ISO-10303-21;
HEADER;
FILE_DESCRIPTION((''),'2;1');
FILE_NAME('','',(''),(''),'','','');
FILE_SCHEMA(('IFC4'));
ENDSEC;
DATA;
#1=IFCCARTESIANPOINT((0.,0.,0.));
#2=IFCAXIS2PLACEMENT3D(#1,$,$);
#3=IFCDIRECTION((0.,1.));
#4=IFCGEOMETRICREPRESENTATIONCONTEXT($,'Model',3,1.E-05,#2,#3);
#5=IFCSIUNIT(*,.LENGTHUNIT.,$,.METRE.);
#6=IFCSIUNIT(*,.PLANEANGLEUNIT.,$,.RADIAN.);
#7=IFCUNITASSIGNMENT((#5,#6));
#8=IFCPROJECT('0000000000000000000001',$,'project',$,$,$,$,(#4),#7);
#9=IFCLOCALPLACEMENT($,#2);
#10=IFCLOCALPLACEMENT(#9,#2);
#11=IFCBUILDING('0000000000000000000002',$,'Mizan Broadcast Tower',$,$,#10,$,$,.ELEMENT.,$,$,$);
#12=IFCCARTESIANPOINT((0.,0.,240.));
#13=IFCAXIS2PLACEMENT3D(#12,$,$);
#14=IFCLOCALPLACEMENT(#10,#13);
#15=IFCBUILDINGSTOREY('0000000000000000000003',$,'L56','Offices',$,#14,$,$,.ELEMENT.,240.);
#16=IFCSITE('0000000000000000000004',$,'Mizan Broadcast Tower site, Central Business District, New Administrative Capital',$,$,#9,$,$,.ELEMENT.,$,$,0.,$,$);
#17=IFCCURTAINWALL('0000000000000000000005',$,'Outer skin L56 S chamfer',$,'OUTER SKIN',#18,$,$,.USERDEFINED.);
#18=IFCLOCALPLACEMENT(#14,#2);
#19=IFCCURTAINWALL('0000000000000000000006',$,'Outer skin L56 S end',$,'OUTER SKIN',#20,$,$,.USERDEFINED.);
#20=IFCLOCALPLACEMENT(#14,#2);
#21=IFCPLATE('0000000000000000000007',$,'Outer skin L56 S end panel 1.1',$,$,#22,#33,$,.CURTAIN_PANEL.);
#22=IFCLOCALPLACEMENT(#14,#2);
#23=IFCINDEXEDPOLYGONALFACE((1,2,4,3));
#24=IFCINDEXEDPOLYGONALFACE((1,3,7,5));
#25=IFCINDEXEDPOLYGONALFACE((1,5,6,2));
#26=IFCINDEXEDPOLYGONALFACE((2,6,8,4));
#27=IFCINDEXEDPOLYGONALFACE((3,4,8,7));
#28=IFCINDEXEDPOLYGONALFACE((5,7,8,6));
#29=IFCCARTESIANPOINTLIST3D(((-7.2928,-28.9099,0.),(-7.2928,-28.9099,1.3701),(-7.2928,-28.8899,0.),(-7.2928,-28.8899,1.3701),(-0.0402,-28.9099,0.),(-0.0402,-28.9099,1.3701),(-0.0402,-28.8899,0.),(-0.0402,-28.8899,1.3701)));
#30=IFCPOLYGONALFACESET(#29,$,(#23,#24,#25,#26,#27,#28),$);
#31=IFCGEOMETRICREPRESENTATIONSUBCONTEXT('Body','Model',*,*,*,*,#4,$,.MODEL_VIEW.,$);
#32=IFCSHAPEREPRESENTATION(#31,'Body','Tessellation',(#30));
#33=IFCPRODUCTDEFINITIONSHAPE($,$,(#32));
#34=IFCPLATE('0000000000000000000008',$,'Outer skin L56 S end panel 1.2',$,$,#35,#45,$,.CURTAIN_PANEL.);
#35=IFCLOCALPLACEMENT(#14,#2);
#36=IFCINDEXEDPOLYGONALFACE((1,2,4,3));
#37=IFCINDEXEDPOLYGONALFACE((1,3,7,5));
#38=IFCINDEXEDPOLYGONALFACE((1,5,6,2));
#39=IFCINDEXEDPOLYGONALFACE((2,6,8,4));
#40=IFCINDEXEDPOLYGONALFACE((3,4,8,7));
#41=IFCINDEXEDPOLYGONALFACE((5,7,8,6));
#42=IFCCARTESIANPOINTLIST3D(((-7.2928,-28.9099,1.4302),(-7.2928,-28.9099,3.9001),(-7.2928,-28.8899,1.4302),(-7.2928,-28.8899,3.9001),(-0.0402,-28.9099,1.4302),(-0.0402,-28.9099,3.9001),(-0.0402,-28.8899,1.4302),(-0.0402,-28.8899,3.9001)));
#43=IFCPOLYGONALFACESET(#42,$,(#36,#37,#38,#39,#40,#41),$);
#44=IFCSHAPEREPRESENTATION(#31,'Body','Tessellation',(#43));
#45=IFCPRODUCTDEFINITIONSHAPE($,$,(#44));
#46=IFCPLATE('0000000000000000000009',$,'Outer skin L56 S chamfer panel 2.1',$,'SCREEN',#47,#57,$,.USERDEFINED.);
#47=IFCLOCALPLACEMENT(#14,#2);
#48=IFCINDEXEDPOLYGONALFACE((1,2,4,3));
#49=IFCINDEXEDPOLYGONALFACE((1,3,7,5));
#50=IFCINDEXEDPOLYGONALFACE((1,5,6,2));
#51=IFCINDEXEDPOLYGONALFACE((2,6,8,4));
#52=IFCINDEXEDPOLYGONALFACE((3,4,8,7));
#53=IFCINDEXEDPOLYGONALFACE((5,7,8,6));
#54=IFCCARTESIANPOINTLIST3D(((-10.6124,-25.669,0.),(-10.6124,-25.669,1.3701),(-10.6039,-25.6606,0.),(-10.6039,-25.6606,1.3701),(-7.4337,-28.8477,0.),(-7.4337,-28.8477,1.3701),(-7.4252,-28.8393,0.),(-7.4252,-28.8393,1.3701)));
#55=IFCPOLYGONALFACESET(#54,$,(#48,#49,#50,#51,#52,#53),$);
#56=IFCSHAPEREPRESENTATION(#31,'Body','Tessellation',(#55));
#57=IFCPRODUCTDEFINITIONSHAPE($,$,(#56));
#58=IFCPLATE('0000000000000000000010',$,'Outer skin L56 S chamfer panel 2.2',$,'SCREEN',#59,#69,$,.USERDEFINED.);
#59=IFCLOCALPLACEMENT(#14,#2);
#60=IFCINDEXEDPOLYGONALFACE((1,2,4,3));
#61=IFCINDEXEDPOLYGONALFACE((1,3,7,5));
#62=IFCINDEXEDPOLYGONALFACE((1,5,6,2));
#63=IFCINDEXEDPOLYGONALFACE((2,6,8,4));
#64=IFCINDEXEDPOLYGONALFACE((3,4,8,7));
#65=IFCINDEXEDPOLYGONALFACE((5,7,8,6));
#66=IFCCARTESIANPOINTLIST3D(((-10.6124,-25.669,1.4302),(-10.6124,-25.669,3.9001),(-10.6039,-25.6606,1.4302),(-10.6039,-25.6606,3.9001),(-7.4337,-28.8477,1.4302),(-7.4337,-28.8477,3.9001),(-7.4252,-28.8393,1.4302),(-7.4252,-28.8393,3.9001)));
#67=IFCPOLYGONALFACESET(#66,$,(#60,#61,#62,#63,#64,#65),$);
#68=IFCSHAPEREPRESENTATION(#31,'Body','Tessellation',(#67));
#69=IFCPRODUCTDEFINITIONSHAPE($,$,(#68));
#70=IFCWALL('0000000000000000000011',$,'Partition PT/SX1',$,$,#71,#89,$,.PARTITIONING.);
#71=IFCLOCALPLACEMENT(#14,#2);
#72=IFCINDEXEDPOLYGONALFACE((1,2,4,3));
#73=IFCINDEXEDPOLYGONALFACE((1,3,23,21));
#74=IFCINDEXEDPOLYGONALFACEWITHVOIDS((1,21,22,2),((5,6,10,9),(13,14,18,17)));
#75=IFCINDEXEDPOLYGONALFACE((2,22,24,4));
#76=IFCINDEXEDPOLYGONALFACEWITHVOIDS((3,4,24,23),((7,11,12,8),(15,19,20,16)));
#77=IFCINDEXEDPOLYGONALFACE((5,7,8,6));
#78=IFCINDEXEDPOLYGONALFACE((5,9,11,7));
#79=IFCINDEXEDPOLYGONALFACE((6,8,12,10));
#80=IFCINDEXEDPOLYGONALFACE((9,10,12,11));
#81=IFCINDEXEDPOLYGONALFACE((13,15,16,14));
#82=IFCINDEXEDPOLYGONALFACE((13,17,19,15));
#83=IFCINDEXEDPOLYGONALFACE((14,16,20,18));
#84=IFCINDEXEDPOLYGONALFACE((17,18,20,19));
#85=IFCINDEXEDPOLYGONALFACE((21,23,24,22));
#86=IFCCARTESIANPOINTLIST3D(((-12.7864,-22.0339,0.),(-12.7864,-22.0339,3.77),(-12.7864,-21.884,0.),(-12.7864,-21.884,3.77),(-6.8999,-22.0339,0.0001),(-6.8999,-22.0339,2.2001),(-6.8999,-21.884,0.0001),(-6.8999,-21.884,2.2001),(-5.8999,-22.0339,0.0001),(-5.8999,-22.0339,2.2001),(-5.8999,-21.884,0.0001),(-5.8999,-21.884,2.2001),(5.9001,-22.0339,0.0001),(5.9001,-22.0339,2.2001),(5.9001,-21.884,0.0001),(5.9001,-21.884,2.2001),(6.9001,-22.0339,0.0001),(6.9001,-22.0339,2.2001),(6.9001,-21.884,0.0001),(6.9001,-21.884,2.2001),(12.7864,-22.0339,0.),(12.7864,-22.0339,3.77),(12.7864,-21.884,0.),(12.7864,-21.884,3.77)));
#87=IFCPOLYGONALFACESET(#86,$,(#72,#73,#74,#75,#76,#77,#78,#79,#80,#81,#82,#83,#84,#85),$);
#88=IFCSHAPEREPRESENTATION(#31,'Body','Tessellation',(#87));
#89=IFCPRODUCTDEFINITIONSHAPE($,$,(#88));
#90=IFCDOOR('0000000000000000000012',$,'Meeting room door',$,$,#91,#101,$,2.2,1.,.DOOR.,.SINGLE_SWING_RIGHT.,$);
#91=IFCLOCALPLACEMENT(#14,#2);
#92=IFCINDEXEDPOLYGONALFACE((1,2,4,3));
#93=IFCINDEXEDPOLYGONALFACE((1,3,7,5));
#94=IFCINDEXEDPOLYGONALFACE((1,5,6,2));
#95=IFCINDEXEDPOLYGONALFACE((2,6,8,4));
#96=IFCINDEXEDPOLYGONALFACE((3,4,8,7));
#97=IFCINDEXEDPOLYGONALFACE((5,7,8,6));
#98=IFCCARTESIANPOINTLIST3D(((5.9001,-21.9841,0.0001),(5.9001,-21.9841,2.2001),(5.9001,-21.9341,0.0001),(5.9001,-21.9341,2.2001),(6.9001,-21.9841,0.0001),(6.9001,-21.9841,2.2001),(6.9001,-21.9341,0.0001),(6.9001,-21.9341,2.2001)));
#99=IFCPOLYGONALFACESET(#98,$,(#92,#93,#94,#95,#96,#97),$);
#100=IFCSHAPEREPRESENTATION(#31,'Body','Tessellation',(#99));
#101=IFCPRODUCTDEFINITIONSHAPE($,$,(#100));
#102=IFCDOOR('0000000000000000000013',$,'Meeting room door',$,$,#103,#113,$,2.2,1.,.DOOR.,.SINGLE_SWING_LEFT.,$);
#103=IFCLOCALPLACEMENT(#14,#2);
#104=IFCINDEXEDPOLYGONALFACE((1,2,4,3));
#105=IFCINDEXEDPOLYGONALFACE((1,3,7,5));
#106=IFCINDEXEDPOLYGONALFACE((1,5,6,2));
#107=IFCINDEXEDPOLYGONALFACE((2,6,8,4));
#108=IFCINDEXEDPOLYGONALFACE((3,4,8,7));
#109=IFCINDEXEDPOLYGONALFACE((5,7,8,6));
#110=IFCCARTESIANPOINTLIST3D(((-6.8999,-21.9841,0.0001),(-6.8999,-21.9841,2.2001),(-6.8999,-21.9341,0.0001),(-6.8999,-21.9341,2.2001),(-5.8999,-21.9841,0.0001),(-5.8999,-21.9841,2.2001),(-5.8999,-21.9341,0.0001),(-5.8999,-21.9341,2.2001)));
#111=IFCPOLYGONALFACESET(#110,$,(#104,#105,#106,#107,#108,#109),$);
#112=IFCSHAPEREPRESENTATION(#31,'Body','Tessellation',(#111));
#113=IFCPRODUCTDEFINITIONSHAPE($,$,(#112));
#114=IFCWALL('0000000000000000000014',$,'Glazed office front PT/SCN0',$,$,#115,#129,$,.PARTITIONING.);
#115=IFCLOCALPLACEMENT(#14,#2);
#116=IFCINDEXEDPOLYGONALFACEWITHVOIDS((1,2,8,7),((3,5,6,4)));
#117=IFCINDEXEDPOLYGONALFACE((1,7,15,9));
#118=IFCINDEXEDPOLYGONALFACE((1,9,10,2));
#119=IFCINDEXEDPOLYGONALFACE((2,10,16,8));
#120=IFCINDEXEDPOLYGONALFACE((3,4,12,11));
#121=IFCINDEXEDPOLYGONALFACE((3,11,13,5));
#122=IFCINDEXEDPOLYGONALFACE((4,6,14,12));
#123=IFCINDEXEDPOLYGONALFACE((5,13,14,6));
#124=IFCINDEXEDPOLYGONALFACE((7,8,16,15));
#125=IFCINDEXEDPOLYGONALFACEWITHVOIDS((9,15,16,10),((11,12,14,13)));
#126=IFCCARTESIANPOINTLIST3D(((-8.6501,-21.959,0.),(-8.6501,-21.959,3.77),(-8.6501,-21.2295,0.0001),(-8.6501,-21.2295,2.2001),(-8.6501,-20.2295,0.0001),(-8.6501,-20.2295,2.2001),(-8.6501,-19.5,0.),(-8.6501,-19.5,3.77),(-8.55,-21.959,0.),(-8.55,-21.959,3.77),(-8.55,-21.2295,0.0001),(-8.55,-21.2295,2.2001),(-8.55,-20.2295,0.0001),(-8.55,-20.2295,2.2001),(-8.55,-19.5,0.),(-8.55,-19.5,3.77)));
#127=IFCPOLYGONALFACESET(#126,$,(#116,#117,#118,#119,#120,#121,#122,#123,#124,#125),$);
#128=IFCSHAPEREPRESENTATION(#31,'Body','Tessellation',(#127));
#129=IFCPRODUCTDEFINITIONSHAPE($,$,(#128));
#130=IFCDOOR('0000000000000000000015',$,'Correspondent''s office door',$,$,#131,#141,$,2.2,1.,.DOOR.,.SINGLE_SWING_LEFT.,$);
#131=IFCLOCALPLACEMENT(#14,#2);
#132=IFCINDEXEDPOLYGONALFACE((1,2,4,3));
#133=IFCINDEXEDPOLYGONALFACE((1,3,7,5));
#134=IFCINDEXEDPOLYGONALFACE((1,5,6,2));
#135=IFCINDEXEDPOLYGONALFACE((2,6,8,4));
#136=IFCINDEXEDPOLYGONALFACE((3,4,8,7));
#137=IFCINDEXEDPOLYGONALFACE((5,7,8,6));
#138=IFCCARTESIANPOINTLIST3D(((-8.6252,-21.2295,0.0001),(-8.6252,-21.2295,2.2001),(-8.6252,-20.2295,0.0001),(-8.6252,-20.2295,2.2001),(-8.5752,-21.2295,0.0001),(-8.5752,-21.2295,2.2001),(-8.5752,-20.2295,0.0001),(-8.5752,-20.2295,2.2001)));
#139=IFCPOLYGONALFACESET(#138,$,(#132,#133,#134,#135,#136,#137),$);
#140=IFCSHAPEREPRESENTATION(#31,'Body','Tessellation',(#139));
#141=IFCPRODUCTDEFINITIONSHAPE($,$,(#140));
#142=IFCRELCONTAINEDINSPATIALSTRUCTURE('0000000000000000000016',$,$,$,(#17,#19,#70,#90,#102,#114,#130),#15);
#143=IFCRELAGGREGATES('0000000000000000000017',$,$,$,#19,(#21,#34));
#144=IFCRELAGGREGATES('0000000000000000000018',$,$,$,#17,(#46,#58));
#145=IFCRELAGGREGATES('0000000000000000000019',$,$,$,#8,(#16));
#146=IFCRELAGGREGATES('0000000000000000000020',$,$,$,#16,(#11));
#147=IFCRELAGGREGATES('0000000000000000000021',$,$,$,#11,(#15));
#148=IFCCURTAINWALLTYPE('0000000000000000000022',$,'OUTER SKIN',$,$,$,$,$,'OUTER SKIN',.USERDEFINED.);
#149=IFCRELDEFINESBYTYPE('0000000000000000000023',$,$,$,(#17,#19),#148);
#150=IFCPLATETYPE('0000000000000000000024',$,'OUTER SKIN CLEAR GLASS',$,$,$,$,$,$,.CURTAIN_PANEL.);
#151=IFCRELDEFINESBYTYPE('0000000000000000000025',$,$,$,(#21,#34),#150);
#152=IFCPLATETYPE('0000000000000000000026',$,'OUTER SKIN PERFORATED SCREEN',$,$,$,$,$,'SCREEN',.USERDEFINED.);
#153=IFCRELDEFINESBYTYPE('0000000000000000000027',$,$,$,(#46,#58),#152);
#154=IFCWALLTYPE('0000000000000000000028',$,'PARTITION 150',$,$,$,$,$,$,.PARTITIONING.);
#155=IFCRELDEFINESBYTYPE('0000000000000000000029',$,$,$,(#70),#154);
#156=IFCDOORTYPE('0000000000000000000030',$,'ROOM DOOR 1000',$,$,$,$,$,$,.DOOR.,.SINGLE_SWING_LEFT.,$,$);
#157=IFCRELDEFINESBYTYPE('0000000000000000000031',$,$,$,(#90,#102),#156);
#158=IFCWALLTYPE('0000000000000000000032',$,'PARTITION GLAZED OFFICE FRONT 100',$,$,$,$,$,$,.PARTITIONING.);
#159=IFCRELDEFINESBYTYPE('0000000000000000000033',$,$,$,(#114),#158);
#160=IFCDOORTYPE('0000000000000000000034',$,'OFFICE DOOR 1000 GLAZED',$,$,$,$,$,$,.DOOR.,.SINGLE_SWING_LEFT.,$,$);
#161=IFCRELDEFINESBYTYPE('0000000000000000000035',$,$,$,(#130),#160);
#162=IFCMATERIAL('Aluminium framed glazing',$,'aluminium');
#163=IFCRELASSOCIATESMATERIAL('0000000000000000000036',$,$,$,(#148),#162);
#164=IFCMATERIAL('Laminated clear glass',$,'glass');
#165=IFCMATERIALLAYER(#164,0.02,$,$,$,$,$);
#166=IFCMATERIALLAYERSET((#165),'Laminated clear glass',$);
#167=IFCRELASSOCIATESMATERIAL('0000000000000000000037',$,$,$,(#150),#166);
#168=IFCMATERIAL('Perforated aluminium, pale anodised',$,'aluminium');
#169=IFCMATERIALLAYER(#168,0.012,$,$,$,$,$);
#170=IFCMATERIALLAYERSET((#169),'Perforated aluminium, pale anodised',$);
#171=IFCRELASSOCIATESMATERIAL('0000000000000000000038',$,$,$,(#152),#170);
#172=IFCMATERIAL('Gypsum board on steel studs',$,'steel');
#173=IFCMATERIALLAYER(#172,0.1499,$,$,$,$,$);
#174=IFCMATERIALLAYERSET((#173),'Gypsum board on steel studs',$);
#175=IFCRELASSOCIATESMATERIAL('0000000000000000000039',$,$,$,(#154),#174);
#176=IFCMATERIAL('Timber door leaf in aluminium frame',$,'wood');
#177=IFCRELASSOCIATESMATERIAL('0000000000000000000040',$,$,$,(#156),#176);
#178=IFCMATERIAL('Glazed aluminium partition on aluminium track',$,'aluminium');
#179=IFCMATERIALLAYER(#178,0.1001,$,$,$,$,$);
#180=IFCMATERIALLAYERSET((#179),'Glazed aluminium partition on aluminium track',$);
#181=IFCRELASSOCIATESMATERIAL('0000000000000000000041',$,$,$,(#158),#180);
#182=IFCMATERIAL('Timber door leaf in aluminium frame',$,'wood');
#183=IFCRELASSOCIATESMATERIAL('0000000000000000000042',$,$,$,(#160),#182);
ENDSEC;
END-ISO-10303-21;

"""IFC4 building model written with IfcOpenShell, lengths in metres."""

from ifc_helpers import new_model, si_unit, direction, frame, frame_2d, origin, origin_2d, place, context, subcontext, project, spatial, rectangle, extrude, material, layer, layer_set, type_object, element, fill, aggregate, save


model = new_model("IFC4")

# Units and contexts
model_context = context("Model", 3, precision=1e-05, world=origin(), true_north=direction((0.0, 1.0)))
body_context = subcontext(model_context, "Body", "Model", "MODEL_VIEW")
ifc_project = project(units=[si_unit("LENGTHUNIT", "METRE"), si_unit("PLANEANGLEUNIT", "RADIAN")], contexts=[model_context])

# Site, building, storey
site_placement = place(None, origin())
site = spatial("IfcSite", under=ifc_project, at=site_placement, Name="Mizan Broadcast Tower site, Central Business District, New Administrative Capital", CompositionType="ELEMENT", RefElevation=0.0)
building_placement = place(site_placement, origin())
building = spatial("IfcBuilding", under=site, at=building_placement, Name="Mizan Broadcast Tower", CompositionType="ELEMENT")
storey_placement = place(building_placement, frame((0.0, 0.0, 240.0)))
storey = spatial("IfcBuildingStorey", under=building, at=storey_placement, Name="L56", Description="Offices", CompositionType="ELEMENT", Elevation=240.0)

# Curtain wall
ifc_material_1 = material(Name="Aluminium framed glazing", Category="aluminium")
curtain_wall_type_1 = type_object("IfcCurtainWallType", Name="OUTER SKIN", ElementType="OUTER SKIN", PredefinedType="USERDEFINED", material=ifc_material_1)
curtain_wall_1_placement = place(storey_placement, origin())
curtain_wall_1 = element("IfcCurtainWall", 1, at=curtain_wall_1_placement, inside=storey, type_object=curtain_wall_type_1, Name="Outer skin L56 S chamfer", ObjectType="OUTER SKIN", PredefinedType="USERDEFINED")

# Curtain wall
curtain_wall_2_placement = place(storey_placement, origin())
curtain_wall_2 = element("IfcCurtainWall", 2, at=curtain_wall_2_placement, inside=storey, type_object=curtain_wall_type_1, Name="Outer skin L56 S end", ObjectType="OUTER SKIN", PredefinedType="USERDEFINED")

# Plates
ifc_material_2 = material(Name="Laminated clear glass", Category="glass")
ifc_layer_1 = layer(ifc_material_2, 0.02)
ifc_layer_set_1 = layer_set([ifc_layer_1], Name="Laminated clear glass")
plate_type_1 = type_object("IfcPlateType", Name="OUTER SKIN CLEAR GLASS", PredefinedType="CURTAIN_PANEL", material=ifc_layer_set_1)
plate_1_placement = place(storey_placement, frame((-3.6665, -28.8999, 0.0), z_axis=(0.0, 0.0, 1.0), x_axis=(1.0, 0.0, 0.0)))
plate_1 = element("IfcPlate", 3, at=plate_1_placement, type_object=plate_type_1, Name="Outer skin L56 S end panel 1.1", PredefinedType="CURTAIN_PANEL", context=body_context, shape_type="SweptSolid", body=[
    extrude(rectangle(XDim=7.2527, YDim=0.02, at=origin_2d()), origin(), (0.0, 0.0, 1.0), 1.3701),
])
plate_2_placement = place(storey_placement, frame((-3.6665, -28.8999, 1.4302), z_axis=(0.0, 0.0, 1.0), x_axis=(1.0, 0.0, 0.0)))
plate_2 = element("IfcPlate", 4, at=plate_2_placement, type_object=plate_type_1, Name="Outer skin L56 S end panel 1.2", PredefinedType="CURTAIN_PANEL", context=body_context, shape_type="SweptSolid", body=[
    extrude(rectangle(XDim=7.2527, YDim=0.02, at=origin_2d()), origin(), (0.0, 0.0, 1.0), 2.47),
])
aggregate(curtain_wall_2, [plate_1, plate_2])
ifc_material_3 = material(Name="Perforated aluminium, pale anodised", Category="aluminium")
ifc_layer_2 = layer(ifc_material_3, 0.012)
ifc_layer_set_2 = layer_set([ifc_layer_2], Name="Perforated aluminium, pale anodised")
plate_type_2 = type_object("IfcPlateType", Name="OUTER SKIN PERFORATED SCREEN", ElementType="SCREEN", PredefinedType="USERDEFINED", material=ifc_layer_set_2)
plate_3_placement = place(storey_placement, frame((-9.0188, -27.2542, 0.0), z_axis=(0.0, 0.0, 1.0), x_axis=(0.707107, -0.707107, 0.0)))
plate_3 = element("IfcPlate", 5, at=plate_3_placement, type_object=plate_type_2, Name="Outer skin L56 S chamfer panel 2.1", ObjectType="SCREEN", PredefinedType="USERDEFINED", context=body_context, shape_type="SweptSolid", body=[
    extrude(rectangle(XDim=4.4954, YDim=0.012, at=origin_2d()), origin(), (0.0, 0.0, 1.0), 1.3701),
])
plate_4_placement = place(storey_placement, frame((-9.0188, -27.2542, 1.4302), z_axis=(0.0, 0.0, 1.0), x_axis=(0.707107, -0.707107, 0.0)))
plate_4 = element("IfcPlate", 6, at=plate_4_placement, type_object=plate_type_2, Name="Outer skin L56 S chamfer panel 2.2", ObjectType="SCREEN", PredefinedType="USERDEFINED", context=body_context, shape_type="SweptSolid", body=[
    extrude(rectangle(XDim=4.4954, YDim=0.012, at=origin_2d()), origin(), (0.0, 0.0, 1.0), 2.47),
])
aggregate(curtain_wall_1, [plate_3, plate_4])

# Wall, openings, doors
ifc_material_4 = material(Name="Gypsum board on steel studs", Category="steel")
ifc_layer_3 = layer(ifc_material_4, 0.1499)
ifc_layer_set_3 = layer_set([ifc_layer_3], Name="Gypsum board on steel studs")
wall_type_1 = type_object("IfcWallType", Name="PARTITION 150", PredefinedType="PARTITIONING", material=ifc_layer_set_3)
wall_1_placement = place(storey_placement, frame((-12.7864, -21.959, 0.0), z_axis=(0.0, 0.0, 1.0), x_axis=(1.0, 0.0, 0.0)))
wall_1 = element("IfcWall", 7, at=wall_1_placement, inside=storey, type_object=wall_type_1, Name="Partition PT/SX1", PredefinedType="PARTITIONING", context=body_context, shape_type="SweptSolid", body=[
    extrude(rectangle(XDim=25.5728, YDim=0.1499, at=frame_2d((12.7864, 0.0))), origin(), (0.0, 0.0, 1.0), 3.77),
])
opening_1_placement = place(wall_1_placement, frame((18.6865, 0.0, 0.0)))
opening_1 = element("IfcOpeningElement", 8, at=opening_1_placement, cuts=wall_1, PredefinedType="OPENING", context=body_context, shape_type="SweptSolid", body=[
    extrude(rectangle(XDim=1.0, YDim=2.2, at=frame_2d((0.5, 1.1001))), frame((0.0, 0.085, 0.0), z_axis=(0.0, -1.0, 0.0), x_axis=(1.0, 0.0, 0.0)), (0.0, 0.0, 1.0), 0.1699),
])
opening_2_placement = place(wall_1_placement, frame((5.8865, 0.0, 0.0)))
opening_2 = element("IfcOpeningElement", 9, at=opening_2_placement, cuts=wall_1, PredefinedType="OPENING", context=body_context, shape_type="SweptSolid", body=[
    extrude(rectangle(XDim=1.0, YDim=2.2, at=frame_2d((0.5, 1.1001))), frame((0.0, 0.085, 0.0), z_axis=(0.0, -1.0, 0.0), x_axis=(1.0, 0.0, 0.0)), (0.0, 0.0, 1.0), 0.1699),
])
ifc_material_5 = material(Name="Timber door leaf in aluminium frame", Category="wood")
door_type_1 = type_object("IfcDoorType", Name="ROOM DOOR 1000", OperationType="SINGLE_SWING_LEFT", PredefinedType="DOOR", material=ifc_material_5)
door_1_placement = place(opening_1_placement, origin())
door_1 = element("IfcDoor", 10, at=door_1_placement, inside=storey, type_object=door_type_1, Name="Meeting room door", OperationType="SINGLE_SWING_RIGHT", OverallHeight=2.2, OverallWidth=1.0, PredefinedType="DOOR", context=body_context, shape_type="SweptSolid", body=[
    extrude(rectangle(XDim=1.0, YDim=2.2, at=frame_2d((0.5, 1.1001))), frame((0.0, 0.0249, 0.0), z_axis=(0.0, -1.0, 0.0), x_axis=(1.0, 0.0, 0.0)), (0.0, 0.0, 1.0), 0.05),
])
fill(opening_1, door_1)
door_2_placement = place(opening_2_placement, origin())
door_2 = element("IfcDoor", 11, at=door_2_placement, inside=storey, type_object=door_type_1, Name="Meeting room door", OperationType="SINGLE_SWING_LEFT", OverallHeight=2.2, OverallWidth=1.0, PredefinedType="DOOR", context=body_context, shape_type="SweptSolid", body=[
    extrude(rectangle(XDim=1.0, YDim=2.2, at=frame_2d((0.5, 1.1001))), frame((0.0, 0.0249, 0.0), z_axis=(0.0, -1.0, 0.0), x_axis=(1.0, 0.0, 0.0)), (0.0, 0.0, 1.0), 0.05),
])
fill(opening_2, door_2)

# Wall, opening, door
ifc_material_6 = material(Name="Glazed aluminium partition on aluminium track", Category="aluminium")
ifc_layer_4 = layer(ifc_material_6, 0.1001)
ifc_layer_set_4 = layer_set([ifc_layer_4], Name="Glazed aluminium partition on aluminium track")
wall_type_2 = type_object("IfcWallType", Name="PARTITION GLAZED OFFICE FRONT 100", PredefinedType="PARTITIONING", material=ifc_layer_set_4)
wall_2_placement = place(storey_placement, frame((-8.6001, -19.5, 0.0), z_axis=(0.0, 0.0, 1.0), x_axis=(0.0, -1.0, 0.0)))
wall_2 = element("IfcWall", 12, at=wall_2_placement, inside=storey, type_object=wall_type_2, Name="Glazed office front PT/SCN0", PredefinedType="PARTITIONING", context=body_context, shape_type="SweptSolid", body=[
    extrude(rectangle(XDim=2.459, YDim=0.1001, at=frame_2d((1.2295, 0.0))), origin(), (0.0, 0.0, 1.0), 3.77),
])
opening_3_placement = place(wall_2_placement, frame((0.7295, 0.0, 0.0)))
opening_3 = element("IfcOpeningElement", 13, at=opening_3_placement, cuts=wall_2, PredefinedType="OPENING", context=body_context, shape_type="SweptSolid", body=[
    extrude(rectangle(XDim=1.0, YDim=2.2, at=frame_2d((0.5, 1.1001))), frame((0.0, 0.0601, 0.0), z_axis=(0.0, -1.0, 0.0), x_axis=(1.0, 0.0, 0.0)), (0.0, 0.0, 1.0), 0.1201),
])
ifc_material_7 = material(Name="Timber door leaf in aluminium frame", Category="wood")
door_type_2 = type_object("IfcDoorType", Name="OFFICE DOOR 1000 GLAZED", OperationType="SINGLE_SWING_LEFT", PredefinedType="DOOR", material=ifc_material_7)
door_3_placement = place(opening_3_placement, origin())
door_3 = element("IfcDoor", 14, at=door_3_placement, inside=storey, type_object=door_type_2, Name="Correspondent's office door", OperationType="SINGLE_SWING_LEFT", OverallHeight=2.2, OverallWidth=1.0, PredefinedType="DOOR", context=body_context, shape_type="SweptSolid", body=[
    extrude(rectangle(XDim=1.0, YDim=2.2, at=frame_2d((0.5, 1.1001))), frame((0.0, 0.0249, 0.0), z_axis=(0.0, -1.0, 0.0), x_axis=(1.0, 0.0, 0.0)), (0.0, 0.0, 1.0), 0.05),
])
fill(opening_3, door_3)

save(model, "model.ifc")
